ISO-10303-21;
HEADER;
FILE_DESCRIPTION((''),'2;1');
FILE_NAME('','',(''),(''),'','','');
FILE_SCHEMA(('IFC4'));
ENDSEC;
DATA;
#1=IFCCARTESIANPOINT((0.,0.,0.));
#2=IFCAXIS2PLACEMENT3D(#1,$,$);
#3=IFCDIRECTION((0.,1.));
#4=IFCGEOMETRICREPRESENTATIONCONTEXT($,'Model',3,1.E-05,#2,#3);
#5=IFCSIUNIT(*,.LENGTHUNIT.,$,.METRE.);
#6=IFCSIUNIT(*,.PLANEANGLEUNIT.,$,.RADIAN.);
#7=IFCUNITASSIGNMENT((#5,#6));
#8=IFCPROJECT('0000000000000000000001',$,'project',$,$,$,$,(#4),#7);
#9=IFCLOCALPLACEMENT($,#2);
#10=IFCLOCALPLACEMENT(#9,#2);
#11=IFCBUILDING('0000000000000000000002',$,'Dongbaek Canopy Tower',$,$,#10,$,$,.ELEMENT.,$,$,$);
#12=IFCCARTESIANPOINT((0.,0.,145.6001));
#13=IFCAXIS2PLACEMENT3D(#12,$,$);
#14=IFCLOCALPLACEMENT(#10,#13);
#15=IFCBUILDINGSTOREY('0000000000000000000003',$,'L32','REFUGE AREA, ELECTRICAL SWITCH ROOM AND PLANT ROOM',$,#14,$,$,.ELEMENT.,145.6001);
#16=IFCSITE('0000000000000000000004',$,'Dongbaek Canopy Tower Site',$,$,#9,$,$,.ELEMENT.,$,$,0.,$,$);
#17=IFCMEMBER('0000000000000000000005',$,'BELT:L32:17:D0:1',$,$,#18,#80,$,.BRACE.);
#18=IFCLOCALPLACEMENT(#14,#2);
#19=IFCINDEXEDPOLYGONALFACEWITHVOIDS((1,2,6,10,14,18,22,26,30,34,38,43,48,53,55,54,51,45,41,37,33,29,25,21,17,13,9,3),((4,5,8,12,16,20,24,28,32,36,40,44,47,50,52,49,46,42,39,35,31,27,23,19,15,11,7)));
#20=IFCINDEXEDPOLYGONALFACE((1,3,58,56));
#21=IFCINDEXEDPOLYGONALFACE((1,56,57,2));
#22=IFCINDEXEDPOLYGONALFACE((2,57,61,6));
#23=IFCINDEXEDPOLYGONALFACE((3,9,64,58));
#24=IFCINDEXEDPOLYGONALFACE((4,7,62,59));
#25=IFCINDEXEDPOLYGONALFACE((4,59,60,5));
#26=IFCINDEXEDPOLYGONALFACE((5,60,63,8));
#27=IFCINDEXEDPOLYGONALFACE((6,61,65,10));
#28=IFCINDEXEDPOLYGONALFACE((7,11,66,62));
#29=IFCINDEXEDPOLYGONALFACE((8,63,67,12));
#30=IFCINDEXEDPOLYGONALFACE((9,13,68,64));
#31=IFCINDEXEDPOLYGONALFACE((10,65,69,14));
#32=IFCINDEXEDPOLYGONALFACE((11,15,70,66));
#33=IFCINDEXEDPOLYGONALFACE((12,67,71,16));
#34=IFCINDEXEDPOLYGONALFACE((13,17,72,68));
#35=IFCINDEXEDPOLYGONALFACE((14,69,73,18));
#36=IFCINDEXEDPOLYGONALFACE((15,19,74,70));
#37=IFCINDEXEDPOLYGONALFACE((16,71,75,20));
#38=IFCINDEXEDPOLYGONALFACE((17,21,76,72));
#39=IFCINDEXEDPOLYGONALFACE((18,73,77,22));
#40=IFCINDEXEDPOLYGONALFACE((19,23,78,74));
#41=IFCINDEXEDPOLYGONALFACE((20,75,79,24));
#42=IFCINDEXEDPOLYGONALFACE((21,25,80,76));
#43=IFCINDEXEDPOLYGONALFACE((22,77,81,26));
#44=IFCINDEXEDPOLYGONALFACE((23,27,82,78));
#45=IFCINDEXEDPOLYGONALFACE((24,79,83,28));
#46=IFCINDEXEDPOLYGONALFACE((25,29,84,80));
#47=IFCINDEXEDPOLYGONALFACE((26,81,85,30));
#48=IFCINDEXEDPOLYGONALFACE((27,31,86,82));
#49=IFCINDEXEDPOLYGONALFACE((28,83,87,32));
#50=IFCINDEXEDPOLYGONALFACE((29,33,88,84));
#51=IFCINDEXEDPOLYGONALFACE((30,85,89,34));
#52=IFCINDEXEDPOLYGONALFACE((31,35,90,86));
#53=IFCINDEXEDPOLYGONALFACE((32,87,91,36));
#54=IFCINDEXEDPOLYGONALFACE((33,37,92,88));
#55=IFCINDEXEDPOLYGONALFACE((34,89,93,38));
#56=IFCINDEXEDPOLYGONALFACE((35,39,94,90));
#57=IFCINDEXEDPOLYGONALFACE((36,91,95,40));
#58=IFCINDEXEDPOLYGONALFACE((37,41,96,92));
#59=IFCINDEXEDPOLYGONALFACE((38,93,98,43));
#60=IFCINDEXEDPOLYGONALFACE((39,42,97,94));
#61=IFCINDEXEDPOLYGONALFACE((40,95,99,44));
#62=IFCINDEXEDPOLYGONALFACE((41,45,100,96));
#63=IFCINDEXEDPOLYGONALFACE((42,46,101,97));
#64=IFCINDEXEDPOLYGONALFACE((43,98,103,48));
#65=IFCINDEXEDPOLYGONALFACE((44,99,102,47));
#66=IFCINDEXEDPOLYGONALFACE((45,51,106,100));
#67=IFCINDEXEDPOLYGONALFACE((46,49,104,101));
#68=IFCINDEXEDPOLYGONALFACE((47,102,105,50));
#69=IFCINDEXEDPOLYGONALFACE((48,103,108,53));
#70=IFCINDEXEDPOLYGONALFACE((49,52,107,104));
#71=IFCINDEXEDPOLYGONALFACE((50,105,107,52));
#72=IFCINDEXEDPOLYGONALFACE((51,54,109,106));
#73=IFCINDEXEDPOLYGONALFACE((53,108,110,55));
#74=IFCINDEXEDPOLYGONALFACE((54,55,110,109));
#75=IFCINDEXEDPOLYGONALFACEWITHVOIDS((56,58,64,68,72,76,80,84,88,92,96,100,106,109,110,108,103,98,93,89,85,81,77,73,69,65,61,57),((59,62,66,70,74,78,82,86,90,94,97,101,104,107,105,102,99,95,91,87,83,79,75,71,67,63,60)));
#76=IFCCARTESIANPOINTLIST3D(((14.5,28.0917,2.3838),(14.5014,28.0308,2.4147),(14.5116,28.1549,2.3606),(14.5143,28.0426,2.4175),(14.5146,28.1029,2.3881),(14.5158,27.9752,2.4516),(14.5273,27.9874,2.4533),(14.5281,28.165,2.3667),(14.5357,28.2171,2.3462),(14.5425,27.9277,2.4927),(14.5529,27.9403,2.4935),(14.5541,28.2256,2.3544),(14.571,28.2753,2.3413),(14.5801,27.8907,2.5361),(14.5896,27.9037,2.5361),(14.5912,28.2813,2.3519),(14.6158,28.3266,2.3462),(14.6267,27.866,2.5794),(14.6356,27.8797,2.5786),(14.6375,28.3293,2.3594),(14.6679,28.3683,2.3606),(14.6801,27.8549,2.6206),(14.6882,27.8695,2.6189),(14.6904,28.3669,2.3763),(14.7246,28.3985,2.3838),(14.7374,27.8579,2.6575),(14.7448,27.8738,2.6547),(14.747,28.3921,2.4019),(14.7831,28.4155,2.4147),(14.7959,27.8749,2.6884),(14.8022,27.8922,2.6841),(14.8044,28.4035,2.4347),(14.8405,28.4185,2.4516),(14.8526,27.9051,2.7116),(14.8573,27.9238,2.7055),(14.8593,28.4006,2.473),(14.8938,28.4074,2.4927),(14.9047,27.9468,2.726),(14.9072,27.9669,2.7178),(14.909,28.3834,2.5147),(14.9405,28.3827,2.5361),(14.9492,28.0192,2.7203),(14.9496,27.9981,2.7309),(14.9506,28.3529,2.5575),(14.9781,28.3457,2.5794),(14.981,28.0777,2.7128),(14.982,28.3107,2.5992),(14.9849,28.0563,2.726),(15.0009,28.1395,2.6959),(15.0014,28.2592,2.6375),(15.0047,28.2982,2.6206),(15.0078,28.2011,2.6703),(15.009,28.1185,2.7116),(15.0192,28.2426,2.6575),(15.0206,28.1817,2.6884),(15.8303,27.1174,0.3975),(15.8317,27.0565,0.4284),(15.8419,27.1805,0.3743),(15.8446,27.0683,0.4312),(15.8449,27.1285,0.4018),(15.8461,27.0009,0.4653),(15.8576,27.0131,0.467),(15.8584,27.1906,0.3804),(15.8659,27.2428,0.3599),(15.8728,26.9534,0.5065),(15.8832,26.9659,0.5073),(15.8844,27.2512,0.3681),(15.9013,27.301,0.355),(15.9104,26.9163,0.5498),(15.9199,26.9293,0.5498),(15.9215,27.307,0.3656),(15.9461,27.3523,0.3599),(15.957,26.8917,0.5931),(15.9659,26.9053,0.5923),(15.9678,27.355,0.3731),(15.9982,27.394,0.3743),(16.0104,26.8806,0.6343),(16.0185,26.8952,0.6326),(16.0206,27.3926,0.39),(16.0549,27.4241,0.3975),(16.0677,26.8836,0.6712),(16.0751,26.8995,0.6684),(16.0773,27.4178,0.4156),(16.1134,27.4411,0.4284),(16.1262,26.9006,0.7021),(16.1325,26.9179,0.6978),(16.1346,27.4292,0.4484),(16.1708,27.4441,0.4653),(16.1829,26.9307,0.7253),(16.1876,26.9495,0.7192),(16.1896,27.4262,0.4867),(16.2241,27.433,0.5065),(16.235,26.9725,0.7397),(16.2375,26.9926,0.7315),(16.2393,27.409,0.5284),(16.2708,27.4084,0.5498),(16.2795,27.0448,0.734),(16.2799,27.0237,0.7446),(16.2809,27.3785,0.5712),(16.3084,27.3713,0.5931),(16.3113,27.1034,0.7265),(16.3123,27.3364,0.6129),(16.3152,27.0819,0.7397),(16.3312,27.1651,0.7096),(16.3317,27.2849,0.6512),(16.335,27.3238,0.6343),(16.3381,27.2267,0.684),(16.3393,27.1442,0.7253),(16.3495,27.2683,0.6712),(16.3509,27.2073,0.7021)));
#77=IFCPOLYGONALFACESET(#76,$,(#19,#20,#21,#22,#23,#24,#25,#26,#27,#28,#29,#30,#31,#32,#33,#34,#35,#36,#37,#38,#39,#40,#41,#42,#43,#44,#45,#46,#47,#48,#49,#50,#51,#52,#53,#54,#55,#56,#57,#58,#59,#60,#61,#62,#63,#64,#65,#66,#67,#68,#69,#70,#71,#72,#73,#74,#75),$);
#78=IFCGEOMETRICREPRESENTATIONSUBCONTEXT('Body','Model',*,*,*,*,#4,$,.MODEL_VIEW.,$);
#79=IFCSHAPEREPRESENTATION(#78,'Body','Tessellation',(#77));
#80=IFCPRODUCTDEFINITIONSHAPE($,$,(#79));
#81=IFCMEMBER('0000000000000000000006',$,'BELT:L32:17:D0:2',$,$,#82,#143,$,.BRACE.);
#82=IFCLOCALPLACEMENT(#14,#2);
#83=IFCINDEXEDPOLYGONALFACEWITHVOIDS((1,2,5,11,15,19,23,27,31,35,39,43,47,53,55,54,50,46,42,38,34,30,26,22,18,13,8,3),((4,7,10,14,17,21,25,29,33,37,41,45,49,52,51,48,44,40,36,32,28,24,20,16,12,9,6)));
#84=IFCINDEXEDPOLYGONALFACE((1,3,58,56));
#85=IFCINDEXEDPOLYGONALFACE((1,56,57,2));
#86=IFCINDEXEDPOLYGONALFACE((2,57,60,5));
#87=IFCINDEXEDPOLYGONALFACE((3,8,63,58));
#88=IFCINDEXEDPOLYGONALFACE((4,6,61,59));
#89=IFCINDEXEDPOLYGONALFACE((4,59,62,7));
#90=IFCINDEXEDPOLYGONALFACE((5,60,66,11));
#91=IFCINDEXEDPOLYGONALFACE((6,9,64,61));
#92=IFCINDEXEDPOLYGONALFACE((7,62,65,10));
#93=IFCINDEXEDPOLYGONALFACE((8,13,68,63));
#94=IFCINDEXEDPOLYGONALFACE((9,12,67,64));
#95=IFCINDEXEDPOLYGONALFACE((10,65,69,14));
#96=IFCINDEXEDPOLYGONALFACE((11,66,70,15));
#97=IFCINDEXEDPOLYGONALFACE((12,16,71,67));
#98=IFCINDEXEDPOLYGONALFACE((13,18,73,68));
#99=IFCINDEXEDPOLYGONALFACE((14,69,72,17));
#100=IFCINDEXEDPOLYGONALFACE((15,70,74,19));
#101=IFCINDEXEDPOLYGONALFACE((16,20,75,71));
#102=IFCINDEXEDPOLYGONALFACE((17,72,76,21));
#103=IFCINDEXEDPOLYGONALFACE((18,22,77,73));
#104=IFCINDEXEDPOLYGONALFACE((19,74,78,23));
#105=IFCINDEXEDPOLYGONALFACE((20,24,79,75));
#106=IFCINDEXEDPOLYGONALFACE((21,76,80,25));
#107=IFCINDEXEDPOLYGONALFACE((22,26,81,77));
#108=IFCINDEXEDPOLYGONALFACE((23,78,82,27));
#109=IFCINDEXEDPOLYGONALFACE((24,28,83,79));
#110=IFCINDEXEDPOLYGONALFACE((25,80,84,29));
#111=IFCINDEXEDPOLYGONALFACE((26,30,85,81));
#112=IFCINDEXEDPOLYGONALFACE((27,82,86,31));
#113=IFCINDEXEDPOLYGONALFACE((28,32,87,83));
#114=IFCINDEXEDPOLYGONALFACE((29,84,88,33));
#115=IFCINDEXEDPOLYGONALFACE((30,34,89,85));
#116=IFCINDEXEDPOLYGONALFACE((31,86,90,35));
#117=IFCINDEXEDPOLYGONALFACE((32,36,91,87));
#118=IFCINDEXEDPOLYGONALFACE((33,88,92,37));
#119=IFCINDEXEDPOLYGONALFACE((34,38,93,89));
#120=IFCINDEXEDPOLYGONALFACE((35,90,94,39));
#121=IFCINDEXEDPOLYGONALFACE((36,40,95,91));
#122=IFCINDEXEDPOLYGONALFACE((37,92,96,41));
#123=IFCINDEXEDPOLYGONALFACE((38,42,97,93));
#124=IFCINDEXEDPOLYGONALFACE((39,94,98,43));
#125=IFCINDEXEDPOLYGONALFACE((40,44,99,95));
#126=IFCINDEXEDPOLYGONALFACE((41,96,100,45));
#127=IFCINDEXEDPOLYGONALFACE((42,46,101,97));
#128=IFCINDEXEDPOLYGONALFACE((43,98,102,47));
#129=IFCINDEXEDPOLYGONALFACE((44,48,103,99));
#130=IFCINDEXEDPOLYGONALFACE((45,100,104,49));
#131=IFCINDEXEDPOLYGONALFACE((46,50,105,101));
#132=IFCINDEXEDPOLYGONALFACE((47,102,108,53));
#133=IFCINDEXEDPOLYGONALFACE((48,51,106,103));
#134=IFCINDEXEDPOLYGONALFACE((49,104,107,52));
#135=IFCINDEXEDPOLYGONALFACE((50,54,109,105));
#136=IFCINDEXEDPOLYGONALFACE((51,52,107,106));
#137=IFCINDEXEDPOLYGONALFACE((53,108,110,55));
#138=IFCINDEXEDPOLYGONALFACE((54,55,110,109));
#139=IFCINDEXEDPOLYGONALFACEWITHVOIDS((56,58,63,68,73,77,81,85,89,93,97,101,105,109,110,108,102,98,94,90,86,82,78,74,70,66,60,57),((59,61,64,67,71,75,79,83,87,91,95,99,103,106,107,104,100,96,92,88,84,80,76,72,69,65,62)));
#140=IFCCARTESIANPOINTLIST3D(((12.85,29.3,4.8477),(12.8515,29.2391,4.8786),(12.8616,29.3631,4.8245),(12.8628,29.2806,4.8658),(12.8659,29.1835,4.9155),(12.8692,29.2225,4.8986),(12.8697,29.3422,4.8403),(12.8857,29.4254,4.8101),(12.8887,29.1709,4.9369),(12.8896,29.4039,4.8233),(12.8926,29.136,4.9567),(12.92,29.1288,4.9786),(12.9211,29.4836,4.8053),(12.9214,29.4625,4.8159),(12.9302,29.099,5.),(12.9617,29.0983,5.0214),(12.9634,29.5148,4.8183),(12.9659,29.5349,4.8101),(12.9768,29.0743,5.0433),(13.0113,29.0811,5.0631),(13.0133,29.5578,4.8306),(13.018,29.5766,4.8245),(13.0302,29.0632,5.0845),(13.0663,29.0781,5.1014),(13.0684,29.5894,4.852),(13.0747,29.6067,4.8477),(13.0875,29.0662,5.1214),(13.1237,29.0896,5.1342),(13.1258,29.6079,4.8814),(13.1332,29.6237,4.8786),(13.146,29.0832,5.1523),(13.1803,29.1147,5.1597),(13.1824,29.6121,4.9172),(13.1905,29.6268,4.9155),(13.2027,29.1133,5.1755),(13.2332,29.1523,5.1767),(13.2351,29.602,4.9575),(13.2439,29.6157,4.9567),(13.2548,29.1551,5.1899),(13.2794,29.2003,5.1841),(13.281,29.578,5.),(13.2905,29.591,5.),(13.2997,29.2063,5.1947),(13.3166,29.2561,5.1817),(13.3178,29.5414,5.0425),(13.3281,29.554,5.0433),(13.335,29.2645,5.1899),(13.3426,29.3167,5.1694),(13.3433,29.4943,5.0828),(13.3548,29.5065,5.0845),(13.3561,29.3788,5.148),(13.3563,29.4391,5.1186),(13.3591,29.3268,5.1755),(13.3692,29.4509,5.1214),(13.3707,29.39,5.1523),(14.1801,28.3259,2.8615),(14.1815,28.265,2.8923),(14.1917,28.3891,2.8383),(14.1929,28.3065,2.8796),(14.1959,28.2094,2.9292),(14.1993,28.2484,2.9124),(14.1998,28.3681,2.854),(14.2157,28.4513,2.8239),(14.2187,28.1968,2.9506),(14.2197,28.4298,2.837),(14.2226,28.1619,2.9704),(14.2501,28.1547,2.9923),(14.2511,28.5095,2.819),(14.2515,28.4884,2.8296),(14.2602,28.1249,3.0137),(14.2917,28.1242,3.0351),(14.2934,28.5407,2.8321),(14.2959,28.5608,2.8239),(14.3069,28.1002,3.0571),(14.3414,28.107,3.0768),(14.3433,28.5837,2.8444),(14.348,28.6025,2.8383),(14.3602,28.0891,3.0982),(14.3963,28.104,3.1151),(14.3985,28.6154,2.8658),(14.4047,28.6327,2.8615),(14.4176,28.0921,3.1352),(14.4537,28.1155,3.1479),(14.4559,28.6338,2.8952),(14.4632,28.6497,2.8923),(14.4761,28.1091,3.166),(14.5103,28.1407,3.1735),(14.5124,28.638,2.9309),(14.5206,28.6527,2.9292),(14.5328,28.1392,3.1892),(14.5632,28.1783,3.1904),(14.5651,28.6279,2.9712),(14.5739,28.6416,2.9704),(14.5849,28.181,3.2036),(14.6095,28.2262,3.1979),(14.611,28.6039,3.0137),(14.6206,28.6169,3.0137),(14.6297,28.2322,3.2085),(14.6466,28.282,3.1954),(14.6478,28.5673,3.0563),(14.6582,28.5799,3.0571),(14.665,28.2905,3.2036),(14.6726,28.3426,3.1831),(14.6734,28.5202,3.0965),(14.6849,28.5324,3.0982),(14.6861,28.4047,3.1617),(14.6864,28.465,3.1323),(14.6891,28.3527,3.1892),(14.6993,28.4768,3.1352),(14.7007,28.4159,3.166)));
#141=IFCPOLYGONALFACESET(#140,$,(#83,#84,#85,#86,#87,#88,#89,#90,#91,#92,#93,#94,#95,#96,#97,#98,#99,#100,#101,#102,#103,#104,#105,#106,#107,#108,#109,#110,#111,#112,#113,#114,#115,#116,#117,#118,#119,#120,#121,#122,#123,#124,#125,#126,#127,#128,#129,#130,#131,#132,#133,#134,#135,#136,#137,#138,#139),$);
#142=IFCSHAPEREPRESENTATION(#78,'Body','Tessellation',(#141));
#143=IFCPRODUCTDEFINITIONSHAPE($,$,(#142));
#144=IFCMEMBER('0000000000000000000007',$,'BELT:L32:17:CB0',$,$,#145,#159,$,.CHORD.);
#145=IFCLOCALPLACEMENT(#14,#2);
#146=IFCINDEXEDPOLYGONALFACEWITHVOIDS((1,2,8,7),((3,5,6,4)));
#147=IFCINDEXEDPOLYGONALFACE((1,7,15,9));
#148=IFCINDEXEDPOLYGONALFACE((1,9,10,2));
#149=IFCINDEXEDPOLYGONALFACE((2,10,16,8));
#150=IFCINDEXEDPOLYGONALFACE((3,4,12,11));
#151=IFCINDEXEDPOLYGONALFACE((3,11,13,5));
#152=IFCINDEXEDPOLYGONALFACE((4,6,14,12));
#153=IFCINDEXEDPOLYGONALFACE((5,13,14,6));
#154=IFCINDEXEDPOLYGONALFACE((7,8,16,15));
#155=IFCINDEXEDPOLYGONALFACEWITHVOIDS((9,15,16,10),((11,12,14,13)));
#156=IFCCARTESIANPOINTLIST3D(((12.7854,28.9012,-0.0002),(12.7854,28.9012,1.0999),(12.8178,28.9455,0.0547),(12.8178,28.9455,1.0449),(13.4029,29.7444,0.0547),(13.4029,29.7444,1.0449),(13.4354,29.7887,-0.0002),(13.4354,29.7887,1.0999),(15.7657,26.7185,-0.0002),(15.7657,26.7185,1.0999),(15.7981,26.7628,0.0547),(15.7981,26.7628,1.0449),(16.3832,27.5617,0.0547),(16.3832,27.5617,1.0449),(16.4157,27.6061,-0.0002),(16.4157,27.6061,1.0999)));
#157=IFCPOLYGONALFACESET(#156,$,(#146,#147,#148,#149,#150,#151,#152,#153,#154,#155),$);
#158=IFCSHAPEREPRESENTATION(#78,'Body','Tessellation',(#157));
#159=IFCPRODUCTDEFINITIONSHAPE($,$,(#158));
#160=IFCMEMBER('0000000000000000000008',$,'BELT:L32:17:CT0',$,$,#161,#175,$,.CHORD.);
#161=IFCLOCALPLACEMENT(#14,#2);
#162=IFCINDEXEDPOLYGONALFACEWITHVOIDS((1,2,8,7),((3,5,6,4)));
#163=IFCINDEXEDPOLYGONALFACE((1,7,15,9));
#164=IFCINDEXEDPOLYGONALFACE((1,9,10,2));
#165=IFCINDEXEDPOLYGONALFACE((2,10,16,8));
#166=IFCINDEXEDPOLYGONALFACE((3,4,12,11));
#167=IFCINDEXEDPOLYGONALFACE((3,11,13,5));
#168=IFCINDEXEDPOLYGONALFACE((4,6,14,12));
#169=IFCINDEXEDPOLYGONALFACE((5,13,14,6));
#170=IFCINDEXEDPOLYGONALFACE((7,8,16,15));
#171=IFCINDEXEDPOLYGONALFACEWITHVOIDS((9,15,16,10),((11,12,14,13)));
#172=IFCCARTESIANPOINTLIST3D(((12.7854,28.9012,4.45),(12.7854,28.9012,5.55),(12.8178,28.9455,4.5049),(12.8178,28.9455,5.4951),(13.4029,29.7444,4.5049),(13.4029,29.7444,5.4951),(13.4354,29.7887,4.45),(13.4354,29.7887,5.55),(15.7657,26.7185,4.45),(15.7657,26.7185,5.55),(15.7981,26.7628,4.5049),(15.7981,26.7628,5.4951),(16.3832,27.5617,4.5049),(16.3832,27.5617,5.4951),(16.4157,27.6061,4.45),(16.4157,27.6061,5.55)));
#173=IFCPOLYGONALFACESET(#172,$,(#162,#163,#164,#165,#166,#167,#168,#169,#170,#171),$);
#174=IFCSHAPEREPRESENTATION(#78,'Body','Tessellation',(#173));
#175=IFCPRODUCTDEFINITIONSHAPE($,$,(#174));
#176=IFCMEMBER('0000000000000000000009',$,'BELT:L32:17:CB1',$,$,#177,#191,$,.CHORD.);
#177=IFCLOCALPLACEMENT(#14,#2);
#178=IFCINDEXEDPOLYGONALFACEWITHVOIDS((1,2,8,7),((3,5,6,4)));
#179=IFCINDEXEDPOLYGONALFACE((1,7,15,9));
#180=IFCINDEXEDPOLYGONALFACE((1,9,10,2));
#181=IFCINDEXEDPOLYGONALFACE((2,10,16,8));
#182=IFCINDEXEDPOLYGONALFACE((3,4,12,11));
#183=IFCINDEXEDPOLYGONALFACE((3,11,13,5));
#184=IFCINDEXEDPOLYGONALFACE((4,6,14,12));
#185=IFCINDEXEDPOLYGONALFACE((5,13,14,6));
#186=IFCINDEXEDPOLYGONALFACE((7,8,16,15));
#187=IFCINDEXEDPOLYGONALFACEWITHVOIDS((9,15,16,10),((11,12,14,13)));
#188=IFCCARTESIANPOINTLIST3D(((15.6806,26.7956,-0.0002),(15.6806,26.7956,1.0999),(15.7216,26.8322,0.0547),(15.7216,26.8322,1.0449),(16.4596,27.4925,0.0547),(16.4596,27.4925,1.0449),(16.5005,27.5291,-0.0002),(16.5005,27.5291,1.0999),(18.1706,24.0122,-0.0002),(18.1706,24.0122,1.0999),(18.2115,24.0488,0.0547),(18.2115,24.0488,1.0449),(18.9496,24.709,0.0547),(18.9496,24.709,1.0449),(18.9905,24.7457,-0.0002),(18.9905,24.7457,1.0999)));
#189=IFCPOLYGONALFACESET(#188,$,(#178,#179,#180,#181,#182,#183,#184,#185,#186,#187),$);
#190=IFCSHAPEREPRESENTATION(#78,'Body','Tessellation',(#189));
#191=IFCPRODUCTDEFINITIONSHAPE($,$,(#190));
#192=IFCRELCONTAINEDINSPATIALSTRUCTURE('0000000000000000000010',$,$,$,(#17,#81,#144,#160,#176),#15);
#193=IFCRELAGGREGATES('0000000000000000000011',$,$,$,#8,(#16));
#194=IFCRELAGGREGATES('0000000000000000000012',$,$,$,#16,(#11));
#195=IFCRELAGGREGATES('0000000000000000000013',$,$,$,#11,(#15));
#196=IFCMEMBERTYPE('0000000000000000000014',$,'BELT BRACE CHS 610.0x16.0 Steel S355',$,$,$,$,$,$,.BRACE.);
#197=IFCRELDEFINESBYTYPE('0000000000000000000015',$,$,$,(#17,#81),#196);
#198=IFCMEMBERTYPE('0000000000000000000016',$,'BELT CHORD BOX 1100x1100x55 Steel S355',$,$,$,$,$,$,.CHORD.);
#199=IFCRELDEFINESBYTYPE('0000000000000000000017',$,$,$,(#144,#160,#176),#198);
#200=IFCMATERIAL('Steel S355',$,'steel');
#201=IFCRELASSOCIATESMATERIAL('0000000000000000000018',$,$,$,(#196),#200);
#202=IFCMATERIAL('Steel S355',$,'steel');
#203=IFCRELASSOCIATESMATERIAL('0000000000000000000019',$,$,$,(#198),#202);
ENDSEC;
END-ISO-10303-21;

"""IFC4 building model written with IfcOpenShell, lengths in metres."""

from ifc_helpers import new_model, si_unit, direction, frame, origin, origin_2d, place, context, subcontext, project, spatial, hollow_rectangle, hollow_circle, extrude, material, material_profile, profile_set, type_object, element, save


model = new_model("IFC4")

# Units and contexts
model_context = context("Model", 3, precision=1e-05, world=origin(), true_north=direction((0.0, 1.0)))
body_context = subcontext(model_context, "Body", "Model", "MODEL_VIEW")
ifc_project = project(units=[si_unit("LENGTHUNIT", "METRE"), si_unit("PLANEANGLEUNIT", "RADIAN")], contexts=[model_context])

# Site, building, storey
site_placement = place(None, origin())
site = spatial("IfcSite", under=ifc_project, at=site_placement, Name="Dongbaek Canopy Tower Site", CompositionType="ELEMENT", RefElevation=0.0)
building_placement = place(site_placement, origin())
building = spatial("IfcBuilding", under=site, at=building_placement, Name="Dongbaek Canopy Tower", CompositionType="ELEMENT")
storey_placement = place(building_placement, frame((0.0, 0.0, 145.6001)))
storey = spatial("IfcBuildingStorey", under=building, at=storey_placement, Name="L32", Description="REFUGE AREA, ELECTRICAL SWITCH ROOM AND PLANT ROOM", CompositionType="ELEMENT", Elevation=145.6001)

# Members
ifc_material_1 = material(Name="Steel S355", Category="steel")
ifc_material_profile_1 = material_profile(ifc_material_1, hollow_circle(Radius=0.3049, WallThickness=0.0161, at=origin_2d()), Name="BELT BRACE CHS 610.0x16.0 Steel S355")
ifc_profile_set_1 = profile_set([ifc_material_profile_1], Name="Steel S355")
member_type_1 = type_object("IfcMemberType", Name="BELT BRACE CHS 610.0x16.0 Steel S355", PredefinedType="BRACE", material=ifc_profile_set_1)
member_1_placement = place(storey_placement, frame((16.0906, 27.1624, 0.5498), z_axis=(-0.51531, 0.377427, 0.769418), x_axis=(-0.590889, -0.806753, 0.0)))
element("IfcMember", 1, at=member_1_placement, inside=storey, type_object=member_type_1, Name="BELT:L32:17:D0:1", PredefinedType="BRACE", context=body_context, shape_type="SweptSolid", body=[
    extrude(hollow_circle(Radius=0.3049, WallThickness=0.0161, at=origin_2d()), origin(), (0.0, 0.0, 1.0), 2.5815),
])
member_2_placement = place(storey_placement, frame((13.1104, 29.345, 5.0), z_axis=(0.515259, -0.377365, -0.769483), x_axis=(0.590863, 0.806772, 0.0)))
element("IfcMember", 2, at=member_2_placement, inside=storey, type_object=member_type_1, Name="BELT:L32:17:D0:2", PredefinedType="BRACE", context=body_context, shape_type="SweptSolid", body=[
    extrude(hollow_circle(Radius=0.3049, WallThickness=0.0161, at=origin_2d()), origin(), (0.0, 0.0, 1.0), 2.5813),
])
ifc_material_2 = material(Name="Steel S355", Category="steel")
ifc_material_profile_2 = material_profile(ifc_material_2, hollow_rectangle(XDim=1.1001, YDim=1.1001, WallThickness=0.0549, at=origin_2d()), Name="BELT CHORD BOX 1100x1100x55 Steel S355")
ifc_profile_set_2 = profile_set([ifc_material_profile_2], Name="Steel S355")
member_type_2 = type_object("IfcMemberType", Name="BELT CHORD BOX 1100x1100x55 Steel S355", PredefinedType="CHORD", material=ifc_profile_set_2)
for number, where, z_axis, x_axis, name in (
    (3, (13.1104, 29.345, 0.5498), (0.806777, -0.590856, 0.0), (0.590856, 0.806777, 0.0), "BELT:L32:17:CB0"),
    (4, (13.1104, 29.345, 5.0), (0.806777, -0.590856, 0.0), (0.590856, 0.806777, 0.0), "BELT:L32:17:CT0"),
):
    element("IfcMember", number, at=place(storey_placement, frame(where, z_axis=z_axis, x_axis=x_axis)), inside=storey, type_object=member_type_2, Name=name, PredefinedType="CHORD", context=body_context, shape_type="SweptSolid", body=[
        extrude(hollow_rectangle(XDim=1.1001, YDim=1.1001, WallThickness=0.0549, at=origin_2d()), origin(), (0.0, 0.0, 1.0), 3.6941),
    ])
for number, where, z_axis, x_axis, name in (
    (5, (16.0906, 27.1624, 0.5498), (0.666726, -0.745303, 0.0), (0.745303, 0.666726, 0.0), "BELT:L32:17:CB1"),
):
    element("IfcMember", number, at=place(storey_placement, frame(where, z_axis=z_axis, x_axis=x_axis)), inside=storey, type_object=member_type_2, Name=name, PredefinedType="CHORD", context=body_context, shape_type="SweptSolid", body=[
        extrude(hollow_rectangle(XDim=1.1001, YDim=1.1001, WallThickness=0.0549, at=origin_2d()), origin(), (0.0, 0.0, 1.0), 3.7346),
    ])

save(model, "model.ifc")
